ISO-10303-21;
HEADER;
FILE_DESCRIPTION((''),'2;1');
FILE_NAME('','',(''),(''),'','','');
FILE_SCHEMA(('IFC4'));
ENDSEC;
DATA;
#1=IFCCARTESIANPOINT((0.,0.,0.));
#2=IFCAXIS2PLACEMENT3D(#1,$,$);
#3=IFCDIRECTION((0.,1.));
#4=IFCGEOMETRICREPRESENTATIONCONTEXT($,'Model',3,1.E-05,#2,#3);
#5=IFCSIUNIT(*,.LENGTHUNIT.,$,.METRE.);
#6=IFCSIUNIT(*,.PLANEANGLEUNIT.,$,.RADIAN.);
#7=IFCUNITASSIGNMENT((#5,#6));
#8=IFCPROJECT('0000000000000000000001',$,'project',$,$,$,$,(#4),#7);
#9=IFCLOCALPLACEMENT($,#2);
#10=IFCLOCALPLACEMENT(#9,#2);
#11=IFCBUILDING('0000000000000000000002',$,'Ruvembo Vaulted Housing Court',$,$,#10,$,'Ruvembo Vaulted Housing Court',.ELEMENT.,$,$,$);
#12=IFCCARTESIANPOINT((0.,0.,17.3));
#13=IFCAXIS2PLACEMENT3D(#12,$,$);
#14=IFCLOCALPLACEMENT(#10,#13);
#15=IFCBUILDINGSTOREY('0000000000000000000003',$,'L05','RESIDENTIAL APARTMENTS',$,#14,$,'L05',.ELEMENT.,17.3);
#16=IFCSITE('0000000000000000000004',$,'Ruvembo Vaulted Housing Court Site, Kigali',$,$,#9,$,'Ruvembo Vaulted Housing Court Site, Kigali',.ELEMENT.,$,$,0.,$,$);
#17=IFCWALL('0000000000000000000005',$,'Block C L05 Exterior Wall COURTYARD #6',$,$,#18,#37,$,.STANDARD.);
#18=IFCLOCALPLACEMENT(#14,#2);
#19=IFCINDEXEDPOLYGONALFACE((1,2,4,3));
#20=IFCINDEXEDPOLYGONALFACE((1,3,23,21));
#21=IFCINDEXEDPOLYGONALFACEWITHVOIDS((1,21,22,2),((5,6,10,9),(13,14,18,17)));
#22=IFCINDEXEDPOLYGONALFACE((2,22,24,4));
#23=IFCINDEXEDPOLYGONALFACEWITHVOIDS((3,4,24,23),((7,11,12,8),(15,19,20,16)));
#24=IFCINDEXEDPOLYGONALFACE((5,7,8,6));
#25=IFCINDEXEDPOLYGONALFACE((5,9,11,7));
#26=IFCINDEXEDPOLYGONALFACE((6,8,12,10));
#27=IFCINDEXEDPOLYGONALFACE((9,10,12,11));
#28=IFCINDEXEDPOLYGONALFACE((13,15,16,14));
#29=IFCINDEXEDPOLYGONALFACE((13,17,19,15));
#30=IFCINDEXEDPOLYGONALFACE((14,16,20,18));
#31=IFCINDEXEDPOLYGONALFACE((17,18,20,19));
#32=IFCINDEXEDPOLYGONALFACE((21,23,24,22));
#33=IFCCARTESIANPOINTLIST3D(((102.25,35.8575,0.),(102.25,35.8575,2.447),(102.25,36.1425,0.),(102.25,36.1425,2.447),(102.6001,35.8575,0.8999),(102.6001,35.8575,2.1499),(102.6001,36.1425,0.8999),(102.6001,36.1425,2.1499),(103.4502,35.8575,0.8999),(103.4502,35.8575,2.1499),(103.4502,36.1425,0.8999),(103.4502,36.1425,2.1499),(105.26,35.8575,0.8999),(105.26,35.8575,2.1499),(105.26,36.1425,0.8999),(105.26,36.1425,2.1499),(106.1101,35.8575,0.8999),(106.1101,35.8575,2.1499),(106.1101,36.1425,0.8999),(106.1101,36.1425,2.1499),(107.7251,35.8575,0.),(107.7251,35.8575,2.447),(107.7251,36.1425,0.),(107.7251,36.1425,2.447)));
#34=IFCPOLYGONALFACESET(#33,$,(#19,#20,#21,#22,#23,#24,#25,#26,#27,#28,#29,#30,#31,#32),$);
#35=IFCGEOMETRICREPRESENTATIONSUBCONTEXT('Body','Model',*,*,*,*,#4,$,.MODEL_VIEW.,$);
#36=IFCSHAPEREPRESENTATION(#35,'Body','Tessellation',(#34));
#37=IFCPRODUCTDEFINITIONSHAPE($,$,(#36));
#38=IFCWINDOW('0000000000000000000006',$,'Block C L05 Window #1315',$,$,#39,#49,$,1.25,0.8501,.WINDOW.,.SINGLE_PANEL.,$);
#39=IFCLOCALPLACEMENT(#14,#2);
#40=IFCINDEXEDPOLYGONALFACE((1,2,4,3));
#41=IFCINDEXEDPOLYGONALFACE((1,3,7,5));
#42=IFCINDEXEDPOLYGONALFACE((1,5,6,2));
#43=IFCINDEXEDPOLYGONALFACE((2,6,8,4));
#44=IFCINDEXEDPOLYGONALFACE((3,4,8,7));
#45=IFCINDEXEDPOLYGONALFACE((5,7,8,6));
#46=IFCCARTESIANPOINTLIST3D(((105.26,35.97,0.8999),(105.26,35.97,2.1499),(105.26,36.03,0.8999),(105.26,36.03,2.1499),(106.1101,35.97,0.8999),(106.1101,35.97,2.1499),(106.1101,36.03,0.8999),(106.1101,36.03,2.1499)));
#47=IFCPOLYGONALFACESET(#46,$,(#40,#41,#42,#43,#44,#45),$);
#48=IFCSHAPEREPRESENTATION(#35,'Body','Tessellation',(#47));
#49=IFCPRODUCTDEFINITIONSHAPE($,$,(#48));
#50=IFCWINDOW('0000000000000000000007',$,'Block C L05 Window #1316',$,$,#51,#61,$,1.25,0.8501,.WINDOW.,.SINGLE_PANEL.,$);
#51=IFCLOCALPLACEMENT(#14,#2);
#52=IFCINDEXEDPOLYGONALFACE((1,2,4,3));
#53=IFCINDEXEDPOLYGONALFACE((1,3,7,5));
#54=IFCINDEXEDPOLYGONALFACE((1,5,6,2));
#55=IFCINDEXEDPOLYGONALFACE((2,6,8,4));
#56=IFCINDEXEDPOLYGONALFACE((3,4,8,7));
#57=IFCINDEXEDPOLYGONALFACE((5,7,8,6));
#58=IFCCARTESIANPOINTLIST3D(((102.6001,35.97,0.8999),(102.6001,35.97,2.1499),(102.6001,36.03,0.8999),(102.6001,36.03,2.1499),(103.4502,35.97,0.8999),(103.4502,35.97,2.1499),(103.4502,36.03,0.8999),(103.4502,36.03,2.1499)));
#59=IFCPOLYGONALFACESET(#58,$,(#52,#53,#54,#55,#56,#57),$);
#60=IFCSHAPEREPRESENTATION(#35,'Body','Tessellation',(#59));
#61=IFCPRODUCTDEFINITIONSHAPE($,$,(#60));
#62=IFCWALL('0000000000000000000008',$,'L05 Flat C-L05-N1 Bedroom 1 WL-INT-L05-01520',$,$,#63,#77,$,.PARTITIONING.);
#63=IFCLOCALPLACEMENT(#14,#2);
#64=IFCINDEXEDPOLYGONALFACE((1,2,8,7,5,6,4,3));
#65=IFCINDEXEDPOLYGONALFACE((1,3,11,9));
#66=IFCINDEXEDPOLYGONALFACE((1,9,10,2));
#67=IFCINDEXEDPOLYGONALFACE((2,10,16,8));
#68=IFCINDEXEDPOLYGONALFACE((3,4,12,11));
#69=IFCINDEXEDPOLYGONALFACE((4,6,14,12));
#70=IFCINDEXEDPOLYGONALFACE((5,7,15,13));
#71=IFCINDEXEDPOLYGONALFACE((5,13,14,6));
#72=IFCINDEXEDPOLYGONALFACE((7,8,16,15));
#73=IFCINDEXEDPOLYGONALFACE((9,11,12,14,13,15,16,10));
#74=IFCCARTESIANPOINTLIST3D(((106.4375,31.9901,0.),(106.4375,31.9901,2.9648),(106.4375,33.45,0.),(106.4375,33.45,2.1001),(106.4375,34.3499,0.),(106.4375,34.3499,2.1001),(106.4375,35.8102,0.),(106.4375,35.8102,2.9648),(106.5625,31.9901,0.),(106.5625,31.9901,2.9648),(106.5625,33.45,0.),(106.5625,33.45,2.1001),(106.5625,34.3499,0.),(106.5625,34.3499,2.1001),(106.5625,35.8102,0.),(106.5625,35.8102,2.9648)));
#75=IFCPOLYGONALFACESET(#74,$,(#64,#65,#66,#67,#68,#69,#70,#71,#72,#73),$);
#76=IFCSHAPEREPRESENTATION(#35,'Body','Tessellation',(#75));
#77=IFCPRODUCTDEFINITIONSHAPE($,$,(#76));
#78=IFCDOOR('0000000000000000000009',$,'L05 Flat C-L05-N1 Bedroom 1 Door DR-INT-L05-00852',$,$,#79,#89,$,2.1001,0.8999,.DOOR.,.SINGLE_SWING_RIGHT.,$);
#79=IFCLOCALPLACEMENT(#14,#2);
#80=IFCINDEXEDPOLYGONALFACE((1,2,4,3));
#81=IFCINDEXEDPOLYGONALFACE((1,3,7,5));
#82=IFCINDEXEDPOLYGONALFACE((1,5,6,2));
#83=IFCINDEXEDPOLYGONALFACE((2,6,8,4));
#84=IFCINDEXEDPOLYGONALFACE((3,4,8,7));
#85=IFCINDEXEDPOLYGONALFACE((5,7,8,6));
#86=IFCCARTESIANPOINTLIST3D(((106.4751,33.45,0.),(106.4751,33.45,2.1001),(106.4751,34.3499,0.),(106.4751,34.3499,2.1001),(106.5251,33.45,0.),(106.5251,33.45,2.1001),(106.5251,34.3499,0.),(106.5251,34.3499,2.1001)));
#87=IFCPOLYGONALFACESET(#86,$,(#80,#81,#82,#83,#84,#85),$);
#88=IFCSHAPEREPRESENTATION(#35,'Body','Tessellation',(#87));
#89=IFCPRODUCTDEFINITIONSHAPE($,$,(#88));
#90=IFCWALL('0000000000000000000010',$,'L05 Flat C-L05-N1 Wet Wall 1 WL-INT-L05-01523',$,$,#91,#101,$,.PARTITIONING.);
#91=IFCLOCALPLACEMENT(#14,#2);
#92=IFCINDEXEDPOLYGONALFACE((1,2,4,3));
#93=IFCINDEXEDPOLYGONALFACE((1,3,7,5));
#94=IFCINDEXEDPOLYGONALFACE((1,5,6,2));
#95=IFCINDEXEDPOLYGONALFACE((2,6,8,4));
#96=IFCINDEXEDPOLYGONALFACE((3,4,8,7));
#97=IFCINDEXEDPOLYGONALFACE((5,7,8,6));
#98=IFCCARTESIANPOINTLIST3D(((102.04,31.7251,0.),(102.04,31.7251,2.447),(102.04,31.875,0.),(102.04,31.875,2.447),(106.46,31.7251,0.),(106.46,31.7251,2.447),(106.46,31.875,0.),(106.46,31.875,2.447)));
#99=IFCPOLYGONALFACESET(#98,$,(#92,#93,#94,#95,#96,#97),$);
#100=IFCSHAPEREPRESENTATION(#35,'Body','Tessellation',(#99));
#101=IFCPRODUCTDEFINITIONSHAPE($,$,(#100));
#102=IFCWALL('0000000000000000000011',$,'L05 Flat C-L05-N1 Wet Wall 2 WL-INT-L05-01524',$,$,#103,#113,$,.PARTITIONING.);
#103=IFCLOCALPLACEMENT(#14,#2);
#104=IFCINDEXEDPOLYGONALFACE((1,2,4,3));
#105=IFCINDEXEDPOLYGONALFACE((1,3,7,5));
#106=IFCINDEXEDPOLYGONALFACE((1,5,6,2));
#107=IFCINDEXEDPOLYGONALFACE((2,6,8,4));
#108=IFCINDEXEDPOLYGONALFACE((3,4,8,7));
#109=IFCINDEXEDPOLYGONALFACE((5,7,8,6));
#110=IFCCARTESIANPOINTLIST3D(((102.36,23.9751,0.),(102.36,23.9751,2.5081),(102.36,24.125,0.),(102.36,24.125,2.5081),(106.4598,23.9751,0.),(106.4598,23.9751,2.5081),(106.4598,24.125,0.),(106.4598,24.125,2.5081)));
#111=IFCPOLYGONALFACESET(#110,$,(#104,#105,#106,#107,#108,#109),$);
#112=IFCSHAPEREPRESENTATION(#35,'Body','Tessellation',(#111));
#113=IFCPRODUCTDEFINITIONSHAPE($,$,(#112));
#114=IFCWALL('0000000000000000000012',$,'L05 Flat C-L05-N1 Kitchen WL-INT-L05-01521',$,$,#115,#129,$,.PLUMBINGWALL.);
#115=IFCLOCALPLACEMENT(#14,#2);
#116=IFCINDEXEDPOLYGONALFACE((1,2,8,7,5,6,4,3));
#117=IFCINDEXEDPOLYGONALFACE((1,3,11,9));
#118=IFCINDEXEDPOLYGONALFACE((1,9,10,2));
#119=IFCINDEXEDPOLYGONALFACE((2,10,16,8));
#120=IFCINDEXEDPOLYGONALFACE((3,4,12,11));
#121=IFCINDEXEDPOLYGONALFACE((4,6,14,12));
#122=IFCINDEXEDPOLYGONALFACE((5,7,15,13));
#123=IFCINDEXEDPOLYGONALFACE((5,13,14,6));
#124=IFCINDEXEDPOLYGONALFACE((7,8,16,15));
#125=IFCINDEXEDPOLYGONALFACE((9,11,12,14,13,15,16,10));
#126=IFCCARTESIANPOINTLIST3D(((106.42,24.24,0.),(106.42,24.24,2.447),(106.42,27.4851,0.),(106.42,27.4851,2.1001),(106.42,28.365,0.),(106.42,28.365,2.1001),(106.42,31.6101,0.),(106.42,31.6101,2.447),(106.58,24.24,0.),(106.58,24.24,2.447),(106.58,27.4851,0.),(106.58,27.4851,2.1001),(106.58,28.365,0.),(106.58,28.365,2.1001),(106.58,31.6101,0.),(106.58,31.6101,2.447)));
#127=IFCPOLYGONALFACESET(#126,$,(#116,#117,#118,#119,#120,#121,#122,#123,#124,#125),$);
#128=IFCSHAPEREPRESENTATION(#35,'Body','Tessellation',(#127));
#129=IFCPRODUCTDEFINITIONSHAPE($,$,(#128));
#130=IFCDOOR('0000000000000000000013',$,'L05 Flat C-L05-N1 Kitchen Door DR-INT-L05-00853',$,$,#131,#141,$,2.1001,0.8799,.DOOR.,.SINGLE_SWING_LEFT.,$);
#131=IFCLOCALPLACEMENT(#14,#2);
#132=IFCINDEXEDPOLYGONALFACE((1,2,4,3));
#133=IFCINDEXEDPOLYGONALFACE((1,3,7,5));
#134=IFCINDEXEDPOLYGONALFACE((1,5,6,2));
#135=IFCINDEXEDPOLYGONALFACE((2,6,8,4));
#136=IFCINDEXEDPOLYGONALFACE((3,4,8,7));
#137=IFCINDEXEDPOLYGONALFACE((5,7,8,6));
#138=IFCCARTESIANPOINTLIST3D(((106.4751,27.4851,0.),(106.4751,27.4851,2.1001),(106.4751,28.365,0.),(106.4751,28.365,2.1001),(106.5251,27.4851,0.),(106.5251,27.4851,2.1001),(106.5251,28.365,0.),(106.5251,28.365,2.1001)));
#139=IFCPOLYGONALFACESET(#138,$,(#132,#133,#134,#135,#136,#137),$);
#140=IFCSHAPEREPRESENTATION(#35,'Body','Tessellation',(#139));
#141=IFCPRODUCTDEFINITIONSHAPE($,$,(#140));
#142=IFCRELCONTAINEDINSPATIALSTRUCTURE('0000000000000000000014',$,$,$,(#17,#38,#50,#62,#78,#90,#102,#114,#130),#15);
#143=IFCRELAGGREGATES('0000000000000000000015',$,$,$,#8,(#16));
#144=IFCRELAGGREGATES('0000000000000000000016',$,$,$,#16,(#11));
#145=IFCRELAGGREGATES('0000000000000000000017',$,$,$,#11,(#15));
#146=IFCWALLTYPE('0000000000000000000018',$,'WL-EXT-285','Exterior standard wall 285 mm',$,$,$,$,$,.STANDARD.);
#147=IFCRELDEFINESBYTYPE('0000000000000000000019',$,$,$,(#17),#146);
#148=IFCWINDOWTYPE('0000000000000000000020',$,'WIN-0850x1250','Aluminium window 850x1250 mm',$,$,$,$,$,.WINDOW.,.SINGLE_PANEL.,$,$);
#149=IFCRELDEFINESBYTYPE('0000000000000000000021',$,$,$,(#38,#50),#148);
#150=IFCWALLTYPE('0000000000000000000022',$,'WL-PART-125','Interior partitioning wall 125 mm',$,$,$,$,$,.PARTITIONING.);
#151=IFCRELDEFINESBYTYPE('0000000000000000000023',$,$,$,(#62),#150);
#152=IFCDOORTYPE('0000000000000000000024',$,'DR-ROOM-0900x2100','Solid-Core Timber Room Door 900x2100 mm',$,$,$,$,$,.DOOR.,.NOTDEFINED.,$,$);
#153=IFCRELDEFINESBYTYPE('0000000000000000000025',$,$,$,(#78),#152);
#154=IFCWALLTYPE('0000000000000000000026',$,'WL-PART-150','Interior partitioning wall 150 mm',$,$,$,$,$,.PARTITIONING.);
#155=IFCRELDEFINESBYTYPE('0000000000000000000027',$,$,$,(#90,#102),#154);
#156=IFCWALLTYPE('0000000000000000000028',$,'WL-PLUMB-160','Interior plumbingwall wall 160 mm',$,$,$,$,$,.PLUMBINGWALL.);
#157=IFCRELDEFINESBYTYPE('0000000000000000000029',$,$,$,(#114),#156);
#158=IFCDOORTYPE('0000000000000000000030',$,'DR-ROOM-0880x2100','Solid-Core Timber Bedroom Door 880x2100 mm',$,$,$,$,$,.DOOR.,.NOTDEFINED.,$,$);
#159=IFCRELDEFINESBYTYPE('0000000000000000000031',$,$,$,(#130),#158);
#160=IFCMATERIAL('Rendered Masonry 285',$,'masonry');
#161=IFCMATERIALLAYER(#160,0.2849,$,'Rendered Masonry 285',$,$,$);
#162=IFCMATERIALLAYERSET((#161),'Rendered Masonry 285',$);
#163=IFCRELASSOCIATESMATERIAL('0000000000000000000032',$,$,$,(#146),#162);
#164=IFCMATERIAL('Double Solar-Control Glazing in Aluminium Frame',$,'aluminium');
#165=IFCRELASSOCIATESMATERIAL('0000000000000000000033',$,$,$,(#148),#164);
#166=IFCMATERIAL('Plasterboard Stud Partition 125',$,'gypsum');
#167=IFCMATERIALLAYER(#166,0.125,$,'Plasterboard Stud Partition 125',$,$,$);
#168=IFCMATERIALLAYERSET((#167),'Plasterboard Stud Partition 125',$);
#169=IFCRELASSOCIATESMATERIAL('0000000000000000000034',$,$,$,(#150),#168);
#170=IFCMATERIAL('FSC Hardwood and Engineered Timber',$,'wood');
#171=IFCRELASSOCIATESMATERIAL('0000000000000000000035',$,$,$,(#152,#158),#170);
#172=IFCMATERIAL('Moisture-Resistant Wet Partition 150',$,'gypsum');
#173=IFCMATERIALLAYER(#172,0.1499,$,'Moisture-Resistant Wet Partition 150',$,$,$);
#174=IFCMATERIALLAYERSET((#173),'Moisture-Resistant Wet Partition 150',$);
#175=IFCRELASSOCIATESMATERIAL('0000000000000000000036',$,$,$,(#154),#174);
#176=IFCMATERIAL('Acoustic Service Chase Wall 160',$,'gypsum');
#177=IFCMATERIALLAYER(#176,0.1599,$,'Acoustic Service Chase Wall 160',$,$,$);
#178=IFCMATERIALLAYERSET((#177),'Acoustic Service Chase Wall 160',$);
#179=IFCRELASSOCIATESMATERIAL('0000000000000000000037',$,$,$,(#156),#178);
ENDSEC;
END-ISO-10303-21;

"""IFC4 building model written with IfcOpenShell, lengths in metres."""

from ifc_helpers import new_model, si_unit, direction, frame, frame_2d, origin, place, context, subcontext, project, spatial, rectangle, extrude, material, layer, layer_set, type_object, element, fill, save


model = new_model("IFC4")

# Units and contexts
model_context = context("Model", 3, precision=1e-05, world=origin(), true_north=direction((0.0, 1.0)))
body_context = subcontext(model_context, "Body", "Model", "MODEL_VIEW")
ifc_project = project(units=[si_unit("LENGTHUNIT", "METRE"), si_unit("PLANEANGLEUNIT", "RADIAN")], contexts=[model_context])

# Site, building, storey
site_placement = place(None, origin())
site = spatial("IfcSite", under=ifc_project, at=site_placement, Name="Ruvembo Vaulted Housing Court Site, Kigali", LongName="Ruvembo Vaulted Housing Court Site, Kigali", CompositionType="ELEMENT", RefElevation=0.0)
building_placement = place(site_placement, origin())
building = spatial("IfcBuilding", under=site, at=building_placement, Name="Ruvembo Vaulted Housing Court", LongName="Ruvembo Vaulted Housing Court", CompositionType="ELEMENT")
storey_placement = place(building_placement, frame((0.0, 0.0, 17.3)))
storey = spatial("IfcBuildingStorey", under=building, at=storey_placement, Name="L05", Description="RESIDENTIAL APARTMENTS", LongName="L05", CompositionType="ELEMENT", Elevation=17.3)

# Wall, openings, windows
ifc_material_1 = material(Name="Rendered Masonry 285", Category="masonry")
ifc_layer_1 = layer(ifc_material_1, 0.2849, Name="Rendered Masonry 285")
ifc_layer_set_1 = layer_set([ifc_layer_1], Name="Rendered Masonry 285")
wall_type_1 = type_object("IfcWallType", Name="WL-EXT-285", Description="Exterior standard wall 285 mm", PredefinedType="STANDARD", material=ifc_layer_set_1)
wall_1_placement = place(storey_placement, frame((107.7251, 36.0, 0.0), z_axis=(0.0, 0.0, 1.0), x_axis=(-1.0, 0.0, 0.0)))
wall_1 = element("IfcWall", 1, at=wall_1_placement, inside=storey, type_object=wall_type_1, Name="Block C L05 Exterior Wall COURTYARD #6", PredefinedType="STANDARD", context=body_context, shape_type="SweptSolid", body=[
    extrude(rectangle(XDim=5.4751, YDim=0.2849, at=frame_2d((2.7375, 0.0))), origin(), (0.0, 0.0, 1.0), 2.447),
])
opening_1_placement = place(wall_1_placement, frame((1.615, 0.0, 0.8999)))
opening_1 = element("IfcOpeningElement", 2, at=opening_1_placement, cuts=wall_1, PredefinedType="OPENING", context=body_context, shape_type="SweptSolid", body=[
    extrude(rectangle(XDim=0.8501, YDim=1.25, at=frame_2d((0.425, 0.625))), frame((0.0, 0.1523, 0.0), z_axis=(0.0, -1.0, 0.0), x_axis=(1.0, 0.0, 0.0)), (0.0, 0.0, 1.0), 0.3049),
])
opening_2_placement = place(wall_1_placement, frame((4.2749, 0.0, 0.8999)))
opening_2 = element("IfcOpeningElement", 3, at=opening_2_placement, cuts=wall_1, PredefinedType="OPENING", context=body_context, shape_type="SweptSolid", body=[
    extrude(rectangle(XDim=0.8501, YDim=1.25, at=frame_2d((0.425, 0.625))), frame((0.0, 0.1523, 0.0), z_axis=(0.0, -1.0, 0.0), x_axis=(1.0, 0.0, 0.0)), (0.0, 0.0, 1.0), 0.3049),
])
ifc_material_2 = material(Name="Double Solar-Control Glazing in Aluminium Frame", Category="aluminium")
window_type = type_object("IfcWindowType", Name="WIN-0850x1250", Description="Aluminium window 850x1250 mm", PartitioningType="SINGLE_PANEL", PredefinedType="WINDOW", material=ifc_material_2)
window_1_placement = place(opening_1_placement, origin())
window_1 = element("IfcWindow", 4, at=window_1_placement, inside=storey, type_object=window_type, Name="Block C L05 Window #1315", OverallHeight=1.25, OverallWidth=0.8501, PartitioningType="SINGLE_PANEL", PredefinedType="WINDOW", context=body_context, shape_type="SweptSolid", body=[
    extrude(rectangle(XDim=0.8501, YDim=1.25, at=frame_2d((0.425, 0.625))), frame((0.0, 0.03, 0.0), z_axis=(0.0, -1.0, 0.0), x_axis=(1.0, 0.0, 0.0)), (0.0, 0.0, 1.0), 0.0601),
])
fill(opening_1, window_1)
window_2_placement = place(opening_2_placement, origin())
window_2 = element("IfcWindow", 5, at=window_2_placement, inside=storey, type_object=window_type, Name="Block C L05 Window #1316", OverallHeight=1.25, OverallWidth=0.8501, PartitioningType="SINGLE_PANEL", PredefinedType="WINDOW", context=body_context, shape_type="SweptSolid", body=[
    extrude(rectangle(XDim=0.8501, YDim=1.25, at=frame_2d((0.425, 0.625))), frame((0.0, 0.03, 0.0), z_axis=(0.0, -1.0, 0.0), x_axis=(1.0, 0.0, 0.0)), (0.0, 0.0, 1.0), 0.0601),
])
fill(opening_2, window_2)

# Wall, opening, door
ifc_material_3 = material(Name="Plasterboard Stud Partition 125", Category="gypsum")
ifc_layer_2 = layer(ifc_material_3, 0.125, Name="Plasterboard Stud Partition 125")
ifc_layer_set_2 = layer_set([ifc_layer_2], Name="Plasterboard Stud Partition 125")
wall_type_2 = type_object("IfcWallType", Name="WL-PART-125", Description="Interior partitioning wall 125 mm", PredefinedType="PARTITIONING", material=ifc_layer_set_2)
wall_2_placement = place(storey_placement, frame((106.5, 31.99, 0.0), z_axis=(0.0, 0.0, 1.0), x_axis=(0.0, 1.0, 0.0)))
wall_2 = element("IfcWall", 6, at=wall_2_placement, inside=storey, type_object=wall_type_2, Name="L05 Flat C-L05-N1 Bedroom 1 WL-INT-L05-01520", PredefinedType="PARTITIONING", context=body_context, shape_type="SweptSolid", body=[
    extrude(rectangle(XDim=3.8201, YDim=0.125, at=frame_2d((1.9102, 0.0))), origin(), (0.0, 0.0, 1.0), 2.9648),
])
opening_3_placement = place(wall_2_placement, frame((1.46, 0.0, 0.0)))
opening_3 = element("IfcOpeningElement", 7, at=opening_3_placement, cuts=wall_2, PredefinedType="OPENING", context=body_context, shape_type="SweptSolid", body=[
    extrude(rectangle(XDim=0.8999, YDim=2.1001, at=frame_2d((0.45, 1.05))), frame((0.0, 0.0725, 0.0), z_axis=(0.0, -1.0, 0.0), x_axis=(1.0, 0.0, 0.0)), (0.0, 0.0, 1.0), 0.145),
])
ifc_material_4 = material(Name="FSC Hardwood and Engineered Timber", Category="wood")
door_type_1 = type_object("IfcDoorType", Name="DR-ROOM-0900x2100", Description="Solid-Core Timber Room Door 900x2100 mm", OperationType="NOTDEFINED", PredefinedType="DOOR", material=ifc_material_4)
door_1_placement = place(opening_3_placement, origin())
door_1 = element("IfcDoor", 8, at=door_1_placement, inside=storey, type_object=door_type_1, Name="L05 Flat C-L05-N1 Bedroom 1 Door DR-INT-L05-00852", OperationType="SINGLE_SWING_RIGHT", OverallHeight=2.1001, OverallWidth=0.8999, PredefinedType="DOOR", context=body_context, shape_type="SweptSolid", body=[
    extrude(rectangle(XDim=0.8999, YDim=2.1001, at=frame_2d((0.45, 1.05))), frame((0.0, 0.0249, 0.0), z_axis=(0.0, -1.0, 0.0), x_axis=(1.0, 0.0, 0.0)), (0.0, 0.0, 1.0), 0.05),
])
fill(opening_3, door_1)

# Walls
ifc_material_5 = material(Name="Moisture-Resistant Wet Partition 150", Category="gypsum")
ifc_layer_3 = layer(ifc_material_5, 0.1499, Name="Moisture-Resistant Wet Partition 150")
ifc_layer_set_3 = layer_set([ifc_layer_3], Name="Moisture-Resistant Wet Partition 150")
wall_type_3 = type_object("IfcWallType", Name="WL-PART-150", Description="Interior partitioning wall 150 mm", PredefinedType="PARTITIONING", material=ifc_layer_set_3)
wall_3_placement = place(storey_placement, frame((102.04, 31.8, 0.0), z_axis=(0.0, 0.0, 1.0), x_axis=(1.0, 0.0, 0.0)))
element("IfcWall", 9, at=wall_3_placement, inside=storey, type_object=wall_type_3, Name="L05 Flat C-L05-N1 Wet Wall 1 WL-INT-L05-01523", PredefinedType="PARTITIONING", context=body_context, shape_type="SweptSolid", body=[
    extrude(rectangle(XDim=4.4199, YDim=0.1499, at=frame_2d((2.21, 0.0))), origin(), (0.0, 0.0, 1.0), 2.447),
])
wall_4_placement = place(storey_placement, frame((102.3601, 24.05, 0.0), z_axis=(0.0, 0.0, 1.0), x_axis=(1.0, 0.0, 0.0)))
element("IfcWall", 10, at=wall_4_placement, inside=storey, type_object=wall_type_3, Name="L05 Flat C-L05-N1 Wet Wall 2 WL-INT-L05-01524", PredefinedType="PARTITIONING", context=body_context, shape_type="SweptSolid", body=[
    extrude(rectangle(XDim=4.0999, YDim=0.1499, at=frame_2d((2.0498, 0.0))), origin(), (0.0, 0.0, 1.0), 2.5081),
])

# Wall, opening, door
ifc_material_6 = material(Name="Acoustic Service Chase Wall 160", Category="gypsum")
ifc_layer_4 = layer(ifc_material_6, 0.1599, Name="Acoustic Service Chase Wall 160")
ifc_layer_set_4 = layer_set([ifc_layer_4], Name="Acoustic Service Chase Wall 160")
wall_type_4 = type_object("IfcWallType", Name="WL-PLUMB-160", Description="Interior plumbingwall wall 160 mm", PredefinedType="PLUMBINGWALL", material=ifc_layer_set_4)
wall_5_placement = place(storey_placement, frame((106.5, 24.24, 0.0), z_axis=(0.0, 0.0, 1.0), x_axis=(0.0, 1.0, 0.0)))
wall_5 = element("IfcWall", 11, at=wall_5_placement, inside=storey, type_object=wall_type_4, Name="L05 Flat C-L05-N1 Kitchen WL-INT-L05-01521", PredefinedType="PLUMBINGWALL", context=body_context, shape_type="SweptSolid", body=[
    extrude(rectangle(XDim=7.3701, YDim=0.1599, at=frame_2d((3.6851, 0.0))), origin(), (0.0, 0.0, 1.0), 2.447),
])
opening_4_placement = place(wall_5_placement, frame((3.2451, 0.0, 0.0)))
opening_4 = element("IfcOpeningElement", 12, at=opening_4_placement, cuts=wall_5, PredefinedType="OPENING", context=body_context, shape_type="SweptSolid", body=[
    extrude(rectangle(XDim=0.8799, YDim=2.1001, at=frame_2d((0.4399, 1.05))), frame((0.0, 0.0898, 0.0), z_axis=(0.0, -1.0, 0.0), x_axis=(1.0, 0.0, 0.0)), (0.0, 0.0, 1.0), 0.1799),
])
door_type_2 = type_object("IfcDoorType", Name="DR-ROOM-0880x2100", Description="Solid-Core Timber Bedroom Door 880x2100 mm", OperationType="NOTDEFINED", PredefinedType="DOOR", material=ifc_material_4)
door_2_placement = place(opening_4_placement, origin())
door_2 = element("IfcDoor", 13, at=door_2_placement, inside=storey, type_object=door_type_2, Name="L05 Flat C-L05-N1 Kitchen Door DR-INT-L05-00853", OperationType="SINGLE_SWING_LEFT", OverallHeight=2.1001, OverallWidth=0.8799, PredefinedType="DOOR", context=body_context, shape_type="SweptSolid", body=[
    extrude(rectangle(XDim=0.8799, YDim=2.1001, at=frame_2d((0.4399, 1.05))), frame((0.0, 0.0249, 0.0), z_axis=(0.0, -1.0, 0.0), x_axis=(1.0, 0.0, 0.0)), (0.0, 0.0, 1.0), 0.05),
])
fill(opening_4, door_2)

save(model, "model.ifc")
